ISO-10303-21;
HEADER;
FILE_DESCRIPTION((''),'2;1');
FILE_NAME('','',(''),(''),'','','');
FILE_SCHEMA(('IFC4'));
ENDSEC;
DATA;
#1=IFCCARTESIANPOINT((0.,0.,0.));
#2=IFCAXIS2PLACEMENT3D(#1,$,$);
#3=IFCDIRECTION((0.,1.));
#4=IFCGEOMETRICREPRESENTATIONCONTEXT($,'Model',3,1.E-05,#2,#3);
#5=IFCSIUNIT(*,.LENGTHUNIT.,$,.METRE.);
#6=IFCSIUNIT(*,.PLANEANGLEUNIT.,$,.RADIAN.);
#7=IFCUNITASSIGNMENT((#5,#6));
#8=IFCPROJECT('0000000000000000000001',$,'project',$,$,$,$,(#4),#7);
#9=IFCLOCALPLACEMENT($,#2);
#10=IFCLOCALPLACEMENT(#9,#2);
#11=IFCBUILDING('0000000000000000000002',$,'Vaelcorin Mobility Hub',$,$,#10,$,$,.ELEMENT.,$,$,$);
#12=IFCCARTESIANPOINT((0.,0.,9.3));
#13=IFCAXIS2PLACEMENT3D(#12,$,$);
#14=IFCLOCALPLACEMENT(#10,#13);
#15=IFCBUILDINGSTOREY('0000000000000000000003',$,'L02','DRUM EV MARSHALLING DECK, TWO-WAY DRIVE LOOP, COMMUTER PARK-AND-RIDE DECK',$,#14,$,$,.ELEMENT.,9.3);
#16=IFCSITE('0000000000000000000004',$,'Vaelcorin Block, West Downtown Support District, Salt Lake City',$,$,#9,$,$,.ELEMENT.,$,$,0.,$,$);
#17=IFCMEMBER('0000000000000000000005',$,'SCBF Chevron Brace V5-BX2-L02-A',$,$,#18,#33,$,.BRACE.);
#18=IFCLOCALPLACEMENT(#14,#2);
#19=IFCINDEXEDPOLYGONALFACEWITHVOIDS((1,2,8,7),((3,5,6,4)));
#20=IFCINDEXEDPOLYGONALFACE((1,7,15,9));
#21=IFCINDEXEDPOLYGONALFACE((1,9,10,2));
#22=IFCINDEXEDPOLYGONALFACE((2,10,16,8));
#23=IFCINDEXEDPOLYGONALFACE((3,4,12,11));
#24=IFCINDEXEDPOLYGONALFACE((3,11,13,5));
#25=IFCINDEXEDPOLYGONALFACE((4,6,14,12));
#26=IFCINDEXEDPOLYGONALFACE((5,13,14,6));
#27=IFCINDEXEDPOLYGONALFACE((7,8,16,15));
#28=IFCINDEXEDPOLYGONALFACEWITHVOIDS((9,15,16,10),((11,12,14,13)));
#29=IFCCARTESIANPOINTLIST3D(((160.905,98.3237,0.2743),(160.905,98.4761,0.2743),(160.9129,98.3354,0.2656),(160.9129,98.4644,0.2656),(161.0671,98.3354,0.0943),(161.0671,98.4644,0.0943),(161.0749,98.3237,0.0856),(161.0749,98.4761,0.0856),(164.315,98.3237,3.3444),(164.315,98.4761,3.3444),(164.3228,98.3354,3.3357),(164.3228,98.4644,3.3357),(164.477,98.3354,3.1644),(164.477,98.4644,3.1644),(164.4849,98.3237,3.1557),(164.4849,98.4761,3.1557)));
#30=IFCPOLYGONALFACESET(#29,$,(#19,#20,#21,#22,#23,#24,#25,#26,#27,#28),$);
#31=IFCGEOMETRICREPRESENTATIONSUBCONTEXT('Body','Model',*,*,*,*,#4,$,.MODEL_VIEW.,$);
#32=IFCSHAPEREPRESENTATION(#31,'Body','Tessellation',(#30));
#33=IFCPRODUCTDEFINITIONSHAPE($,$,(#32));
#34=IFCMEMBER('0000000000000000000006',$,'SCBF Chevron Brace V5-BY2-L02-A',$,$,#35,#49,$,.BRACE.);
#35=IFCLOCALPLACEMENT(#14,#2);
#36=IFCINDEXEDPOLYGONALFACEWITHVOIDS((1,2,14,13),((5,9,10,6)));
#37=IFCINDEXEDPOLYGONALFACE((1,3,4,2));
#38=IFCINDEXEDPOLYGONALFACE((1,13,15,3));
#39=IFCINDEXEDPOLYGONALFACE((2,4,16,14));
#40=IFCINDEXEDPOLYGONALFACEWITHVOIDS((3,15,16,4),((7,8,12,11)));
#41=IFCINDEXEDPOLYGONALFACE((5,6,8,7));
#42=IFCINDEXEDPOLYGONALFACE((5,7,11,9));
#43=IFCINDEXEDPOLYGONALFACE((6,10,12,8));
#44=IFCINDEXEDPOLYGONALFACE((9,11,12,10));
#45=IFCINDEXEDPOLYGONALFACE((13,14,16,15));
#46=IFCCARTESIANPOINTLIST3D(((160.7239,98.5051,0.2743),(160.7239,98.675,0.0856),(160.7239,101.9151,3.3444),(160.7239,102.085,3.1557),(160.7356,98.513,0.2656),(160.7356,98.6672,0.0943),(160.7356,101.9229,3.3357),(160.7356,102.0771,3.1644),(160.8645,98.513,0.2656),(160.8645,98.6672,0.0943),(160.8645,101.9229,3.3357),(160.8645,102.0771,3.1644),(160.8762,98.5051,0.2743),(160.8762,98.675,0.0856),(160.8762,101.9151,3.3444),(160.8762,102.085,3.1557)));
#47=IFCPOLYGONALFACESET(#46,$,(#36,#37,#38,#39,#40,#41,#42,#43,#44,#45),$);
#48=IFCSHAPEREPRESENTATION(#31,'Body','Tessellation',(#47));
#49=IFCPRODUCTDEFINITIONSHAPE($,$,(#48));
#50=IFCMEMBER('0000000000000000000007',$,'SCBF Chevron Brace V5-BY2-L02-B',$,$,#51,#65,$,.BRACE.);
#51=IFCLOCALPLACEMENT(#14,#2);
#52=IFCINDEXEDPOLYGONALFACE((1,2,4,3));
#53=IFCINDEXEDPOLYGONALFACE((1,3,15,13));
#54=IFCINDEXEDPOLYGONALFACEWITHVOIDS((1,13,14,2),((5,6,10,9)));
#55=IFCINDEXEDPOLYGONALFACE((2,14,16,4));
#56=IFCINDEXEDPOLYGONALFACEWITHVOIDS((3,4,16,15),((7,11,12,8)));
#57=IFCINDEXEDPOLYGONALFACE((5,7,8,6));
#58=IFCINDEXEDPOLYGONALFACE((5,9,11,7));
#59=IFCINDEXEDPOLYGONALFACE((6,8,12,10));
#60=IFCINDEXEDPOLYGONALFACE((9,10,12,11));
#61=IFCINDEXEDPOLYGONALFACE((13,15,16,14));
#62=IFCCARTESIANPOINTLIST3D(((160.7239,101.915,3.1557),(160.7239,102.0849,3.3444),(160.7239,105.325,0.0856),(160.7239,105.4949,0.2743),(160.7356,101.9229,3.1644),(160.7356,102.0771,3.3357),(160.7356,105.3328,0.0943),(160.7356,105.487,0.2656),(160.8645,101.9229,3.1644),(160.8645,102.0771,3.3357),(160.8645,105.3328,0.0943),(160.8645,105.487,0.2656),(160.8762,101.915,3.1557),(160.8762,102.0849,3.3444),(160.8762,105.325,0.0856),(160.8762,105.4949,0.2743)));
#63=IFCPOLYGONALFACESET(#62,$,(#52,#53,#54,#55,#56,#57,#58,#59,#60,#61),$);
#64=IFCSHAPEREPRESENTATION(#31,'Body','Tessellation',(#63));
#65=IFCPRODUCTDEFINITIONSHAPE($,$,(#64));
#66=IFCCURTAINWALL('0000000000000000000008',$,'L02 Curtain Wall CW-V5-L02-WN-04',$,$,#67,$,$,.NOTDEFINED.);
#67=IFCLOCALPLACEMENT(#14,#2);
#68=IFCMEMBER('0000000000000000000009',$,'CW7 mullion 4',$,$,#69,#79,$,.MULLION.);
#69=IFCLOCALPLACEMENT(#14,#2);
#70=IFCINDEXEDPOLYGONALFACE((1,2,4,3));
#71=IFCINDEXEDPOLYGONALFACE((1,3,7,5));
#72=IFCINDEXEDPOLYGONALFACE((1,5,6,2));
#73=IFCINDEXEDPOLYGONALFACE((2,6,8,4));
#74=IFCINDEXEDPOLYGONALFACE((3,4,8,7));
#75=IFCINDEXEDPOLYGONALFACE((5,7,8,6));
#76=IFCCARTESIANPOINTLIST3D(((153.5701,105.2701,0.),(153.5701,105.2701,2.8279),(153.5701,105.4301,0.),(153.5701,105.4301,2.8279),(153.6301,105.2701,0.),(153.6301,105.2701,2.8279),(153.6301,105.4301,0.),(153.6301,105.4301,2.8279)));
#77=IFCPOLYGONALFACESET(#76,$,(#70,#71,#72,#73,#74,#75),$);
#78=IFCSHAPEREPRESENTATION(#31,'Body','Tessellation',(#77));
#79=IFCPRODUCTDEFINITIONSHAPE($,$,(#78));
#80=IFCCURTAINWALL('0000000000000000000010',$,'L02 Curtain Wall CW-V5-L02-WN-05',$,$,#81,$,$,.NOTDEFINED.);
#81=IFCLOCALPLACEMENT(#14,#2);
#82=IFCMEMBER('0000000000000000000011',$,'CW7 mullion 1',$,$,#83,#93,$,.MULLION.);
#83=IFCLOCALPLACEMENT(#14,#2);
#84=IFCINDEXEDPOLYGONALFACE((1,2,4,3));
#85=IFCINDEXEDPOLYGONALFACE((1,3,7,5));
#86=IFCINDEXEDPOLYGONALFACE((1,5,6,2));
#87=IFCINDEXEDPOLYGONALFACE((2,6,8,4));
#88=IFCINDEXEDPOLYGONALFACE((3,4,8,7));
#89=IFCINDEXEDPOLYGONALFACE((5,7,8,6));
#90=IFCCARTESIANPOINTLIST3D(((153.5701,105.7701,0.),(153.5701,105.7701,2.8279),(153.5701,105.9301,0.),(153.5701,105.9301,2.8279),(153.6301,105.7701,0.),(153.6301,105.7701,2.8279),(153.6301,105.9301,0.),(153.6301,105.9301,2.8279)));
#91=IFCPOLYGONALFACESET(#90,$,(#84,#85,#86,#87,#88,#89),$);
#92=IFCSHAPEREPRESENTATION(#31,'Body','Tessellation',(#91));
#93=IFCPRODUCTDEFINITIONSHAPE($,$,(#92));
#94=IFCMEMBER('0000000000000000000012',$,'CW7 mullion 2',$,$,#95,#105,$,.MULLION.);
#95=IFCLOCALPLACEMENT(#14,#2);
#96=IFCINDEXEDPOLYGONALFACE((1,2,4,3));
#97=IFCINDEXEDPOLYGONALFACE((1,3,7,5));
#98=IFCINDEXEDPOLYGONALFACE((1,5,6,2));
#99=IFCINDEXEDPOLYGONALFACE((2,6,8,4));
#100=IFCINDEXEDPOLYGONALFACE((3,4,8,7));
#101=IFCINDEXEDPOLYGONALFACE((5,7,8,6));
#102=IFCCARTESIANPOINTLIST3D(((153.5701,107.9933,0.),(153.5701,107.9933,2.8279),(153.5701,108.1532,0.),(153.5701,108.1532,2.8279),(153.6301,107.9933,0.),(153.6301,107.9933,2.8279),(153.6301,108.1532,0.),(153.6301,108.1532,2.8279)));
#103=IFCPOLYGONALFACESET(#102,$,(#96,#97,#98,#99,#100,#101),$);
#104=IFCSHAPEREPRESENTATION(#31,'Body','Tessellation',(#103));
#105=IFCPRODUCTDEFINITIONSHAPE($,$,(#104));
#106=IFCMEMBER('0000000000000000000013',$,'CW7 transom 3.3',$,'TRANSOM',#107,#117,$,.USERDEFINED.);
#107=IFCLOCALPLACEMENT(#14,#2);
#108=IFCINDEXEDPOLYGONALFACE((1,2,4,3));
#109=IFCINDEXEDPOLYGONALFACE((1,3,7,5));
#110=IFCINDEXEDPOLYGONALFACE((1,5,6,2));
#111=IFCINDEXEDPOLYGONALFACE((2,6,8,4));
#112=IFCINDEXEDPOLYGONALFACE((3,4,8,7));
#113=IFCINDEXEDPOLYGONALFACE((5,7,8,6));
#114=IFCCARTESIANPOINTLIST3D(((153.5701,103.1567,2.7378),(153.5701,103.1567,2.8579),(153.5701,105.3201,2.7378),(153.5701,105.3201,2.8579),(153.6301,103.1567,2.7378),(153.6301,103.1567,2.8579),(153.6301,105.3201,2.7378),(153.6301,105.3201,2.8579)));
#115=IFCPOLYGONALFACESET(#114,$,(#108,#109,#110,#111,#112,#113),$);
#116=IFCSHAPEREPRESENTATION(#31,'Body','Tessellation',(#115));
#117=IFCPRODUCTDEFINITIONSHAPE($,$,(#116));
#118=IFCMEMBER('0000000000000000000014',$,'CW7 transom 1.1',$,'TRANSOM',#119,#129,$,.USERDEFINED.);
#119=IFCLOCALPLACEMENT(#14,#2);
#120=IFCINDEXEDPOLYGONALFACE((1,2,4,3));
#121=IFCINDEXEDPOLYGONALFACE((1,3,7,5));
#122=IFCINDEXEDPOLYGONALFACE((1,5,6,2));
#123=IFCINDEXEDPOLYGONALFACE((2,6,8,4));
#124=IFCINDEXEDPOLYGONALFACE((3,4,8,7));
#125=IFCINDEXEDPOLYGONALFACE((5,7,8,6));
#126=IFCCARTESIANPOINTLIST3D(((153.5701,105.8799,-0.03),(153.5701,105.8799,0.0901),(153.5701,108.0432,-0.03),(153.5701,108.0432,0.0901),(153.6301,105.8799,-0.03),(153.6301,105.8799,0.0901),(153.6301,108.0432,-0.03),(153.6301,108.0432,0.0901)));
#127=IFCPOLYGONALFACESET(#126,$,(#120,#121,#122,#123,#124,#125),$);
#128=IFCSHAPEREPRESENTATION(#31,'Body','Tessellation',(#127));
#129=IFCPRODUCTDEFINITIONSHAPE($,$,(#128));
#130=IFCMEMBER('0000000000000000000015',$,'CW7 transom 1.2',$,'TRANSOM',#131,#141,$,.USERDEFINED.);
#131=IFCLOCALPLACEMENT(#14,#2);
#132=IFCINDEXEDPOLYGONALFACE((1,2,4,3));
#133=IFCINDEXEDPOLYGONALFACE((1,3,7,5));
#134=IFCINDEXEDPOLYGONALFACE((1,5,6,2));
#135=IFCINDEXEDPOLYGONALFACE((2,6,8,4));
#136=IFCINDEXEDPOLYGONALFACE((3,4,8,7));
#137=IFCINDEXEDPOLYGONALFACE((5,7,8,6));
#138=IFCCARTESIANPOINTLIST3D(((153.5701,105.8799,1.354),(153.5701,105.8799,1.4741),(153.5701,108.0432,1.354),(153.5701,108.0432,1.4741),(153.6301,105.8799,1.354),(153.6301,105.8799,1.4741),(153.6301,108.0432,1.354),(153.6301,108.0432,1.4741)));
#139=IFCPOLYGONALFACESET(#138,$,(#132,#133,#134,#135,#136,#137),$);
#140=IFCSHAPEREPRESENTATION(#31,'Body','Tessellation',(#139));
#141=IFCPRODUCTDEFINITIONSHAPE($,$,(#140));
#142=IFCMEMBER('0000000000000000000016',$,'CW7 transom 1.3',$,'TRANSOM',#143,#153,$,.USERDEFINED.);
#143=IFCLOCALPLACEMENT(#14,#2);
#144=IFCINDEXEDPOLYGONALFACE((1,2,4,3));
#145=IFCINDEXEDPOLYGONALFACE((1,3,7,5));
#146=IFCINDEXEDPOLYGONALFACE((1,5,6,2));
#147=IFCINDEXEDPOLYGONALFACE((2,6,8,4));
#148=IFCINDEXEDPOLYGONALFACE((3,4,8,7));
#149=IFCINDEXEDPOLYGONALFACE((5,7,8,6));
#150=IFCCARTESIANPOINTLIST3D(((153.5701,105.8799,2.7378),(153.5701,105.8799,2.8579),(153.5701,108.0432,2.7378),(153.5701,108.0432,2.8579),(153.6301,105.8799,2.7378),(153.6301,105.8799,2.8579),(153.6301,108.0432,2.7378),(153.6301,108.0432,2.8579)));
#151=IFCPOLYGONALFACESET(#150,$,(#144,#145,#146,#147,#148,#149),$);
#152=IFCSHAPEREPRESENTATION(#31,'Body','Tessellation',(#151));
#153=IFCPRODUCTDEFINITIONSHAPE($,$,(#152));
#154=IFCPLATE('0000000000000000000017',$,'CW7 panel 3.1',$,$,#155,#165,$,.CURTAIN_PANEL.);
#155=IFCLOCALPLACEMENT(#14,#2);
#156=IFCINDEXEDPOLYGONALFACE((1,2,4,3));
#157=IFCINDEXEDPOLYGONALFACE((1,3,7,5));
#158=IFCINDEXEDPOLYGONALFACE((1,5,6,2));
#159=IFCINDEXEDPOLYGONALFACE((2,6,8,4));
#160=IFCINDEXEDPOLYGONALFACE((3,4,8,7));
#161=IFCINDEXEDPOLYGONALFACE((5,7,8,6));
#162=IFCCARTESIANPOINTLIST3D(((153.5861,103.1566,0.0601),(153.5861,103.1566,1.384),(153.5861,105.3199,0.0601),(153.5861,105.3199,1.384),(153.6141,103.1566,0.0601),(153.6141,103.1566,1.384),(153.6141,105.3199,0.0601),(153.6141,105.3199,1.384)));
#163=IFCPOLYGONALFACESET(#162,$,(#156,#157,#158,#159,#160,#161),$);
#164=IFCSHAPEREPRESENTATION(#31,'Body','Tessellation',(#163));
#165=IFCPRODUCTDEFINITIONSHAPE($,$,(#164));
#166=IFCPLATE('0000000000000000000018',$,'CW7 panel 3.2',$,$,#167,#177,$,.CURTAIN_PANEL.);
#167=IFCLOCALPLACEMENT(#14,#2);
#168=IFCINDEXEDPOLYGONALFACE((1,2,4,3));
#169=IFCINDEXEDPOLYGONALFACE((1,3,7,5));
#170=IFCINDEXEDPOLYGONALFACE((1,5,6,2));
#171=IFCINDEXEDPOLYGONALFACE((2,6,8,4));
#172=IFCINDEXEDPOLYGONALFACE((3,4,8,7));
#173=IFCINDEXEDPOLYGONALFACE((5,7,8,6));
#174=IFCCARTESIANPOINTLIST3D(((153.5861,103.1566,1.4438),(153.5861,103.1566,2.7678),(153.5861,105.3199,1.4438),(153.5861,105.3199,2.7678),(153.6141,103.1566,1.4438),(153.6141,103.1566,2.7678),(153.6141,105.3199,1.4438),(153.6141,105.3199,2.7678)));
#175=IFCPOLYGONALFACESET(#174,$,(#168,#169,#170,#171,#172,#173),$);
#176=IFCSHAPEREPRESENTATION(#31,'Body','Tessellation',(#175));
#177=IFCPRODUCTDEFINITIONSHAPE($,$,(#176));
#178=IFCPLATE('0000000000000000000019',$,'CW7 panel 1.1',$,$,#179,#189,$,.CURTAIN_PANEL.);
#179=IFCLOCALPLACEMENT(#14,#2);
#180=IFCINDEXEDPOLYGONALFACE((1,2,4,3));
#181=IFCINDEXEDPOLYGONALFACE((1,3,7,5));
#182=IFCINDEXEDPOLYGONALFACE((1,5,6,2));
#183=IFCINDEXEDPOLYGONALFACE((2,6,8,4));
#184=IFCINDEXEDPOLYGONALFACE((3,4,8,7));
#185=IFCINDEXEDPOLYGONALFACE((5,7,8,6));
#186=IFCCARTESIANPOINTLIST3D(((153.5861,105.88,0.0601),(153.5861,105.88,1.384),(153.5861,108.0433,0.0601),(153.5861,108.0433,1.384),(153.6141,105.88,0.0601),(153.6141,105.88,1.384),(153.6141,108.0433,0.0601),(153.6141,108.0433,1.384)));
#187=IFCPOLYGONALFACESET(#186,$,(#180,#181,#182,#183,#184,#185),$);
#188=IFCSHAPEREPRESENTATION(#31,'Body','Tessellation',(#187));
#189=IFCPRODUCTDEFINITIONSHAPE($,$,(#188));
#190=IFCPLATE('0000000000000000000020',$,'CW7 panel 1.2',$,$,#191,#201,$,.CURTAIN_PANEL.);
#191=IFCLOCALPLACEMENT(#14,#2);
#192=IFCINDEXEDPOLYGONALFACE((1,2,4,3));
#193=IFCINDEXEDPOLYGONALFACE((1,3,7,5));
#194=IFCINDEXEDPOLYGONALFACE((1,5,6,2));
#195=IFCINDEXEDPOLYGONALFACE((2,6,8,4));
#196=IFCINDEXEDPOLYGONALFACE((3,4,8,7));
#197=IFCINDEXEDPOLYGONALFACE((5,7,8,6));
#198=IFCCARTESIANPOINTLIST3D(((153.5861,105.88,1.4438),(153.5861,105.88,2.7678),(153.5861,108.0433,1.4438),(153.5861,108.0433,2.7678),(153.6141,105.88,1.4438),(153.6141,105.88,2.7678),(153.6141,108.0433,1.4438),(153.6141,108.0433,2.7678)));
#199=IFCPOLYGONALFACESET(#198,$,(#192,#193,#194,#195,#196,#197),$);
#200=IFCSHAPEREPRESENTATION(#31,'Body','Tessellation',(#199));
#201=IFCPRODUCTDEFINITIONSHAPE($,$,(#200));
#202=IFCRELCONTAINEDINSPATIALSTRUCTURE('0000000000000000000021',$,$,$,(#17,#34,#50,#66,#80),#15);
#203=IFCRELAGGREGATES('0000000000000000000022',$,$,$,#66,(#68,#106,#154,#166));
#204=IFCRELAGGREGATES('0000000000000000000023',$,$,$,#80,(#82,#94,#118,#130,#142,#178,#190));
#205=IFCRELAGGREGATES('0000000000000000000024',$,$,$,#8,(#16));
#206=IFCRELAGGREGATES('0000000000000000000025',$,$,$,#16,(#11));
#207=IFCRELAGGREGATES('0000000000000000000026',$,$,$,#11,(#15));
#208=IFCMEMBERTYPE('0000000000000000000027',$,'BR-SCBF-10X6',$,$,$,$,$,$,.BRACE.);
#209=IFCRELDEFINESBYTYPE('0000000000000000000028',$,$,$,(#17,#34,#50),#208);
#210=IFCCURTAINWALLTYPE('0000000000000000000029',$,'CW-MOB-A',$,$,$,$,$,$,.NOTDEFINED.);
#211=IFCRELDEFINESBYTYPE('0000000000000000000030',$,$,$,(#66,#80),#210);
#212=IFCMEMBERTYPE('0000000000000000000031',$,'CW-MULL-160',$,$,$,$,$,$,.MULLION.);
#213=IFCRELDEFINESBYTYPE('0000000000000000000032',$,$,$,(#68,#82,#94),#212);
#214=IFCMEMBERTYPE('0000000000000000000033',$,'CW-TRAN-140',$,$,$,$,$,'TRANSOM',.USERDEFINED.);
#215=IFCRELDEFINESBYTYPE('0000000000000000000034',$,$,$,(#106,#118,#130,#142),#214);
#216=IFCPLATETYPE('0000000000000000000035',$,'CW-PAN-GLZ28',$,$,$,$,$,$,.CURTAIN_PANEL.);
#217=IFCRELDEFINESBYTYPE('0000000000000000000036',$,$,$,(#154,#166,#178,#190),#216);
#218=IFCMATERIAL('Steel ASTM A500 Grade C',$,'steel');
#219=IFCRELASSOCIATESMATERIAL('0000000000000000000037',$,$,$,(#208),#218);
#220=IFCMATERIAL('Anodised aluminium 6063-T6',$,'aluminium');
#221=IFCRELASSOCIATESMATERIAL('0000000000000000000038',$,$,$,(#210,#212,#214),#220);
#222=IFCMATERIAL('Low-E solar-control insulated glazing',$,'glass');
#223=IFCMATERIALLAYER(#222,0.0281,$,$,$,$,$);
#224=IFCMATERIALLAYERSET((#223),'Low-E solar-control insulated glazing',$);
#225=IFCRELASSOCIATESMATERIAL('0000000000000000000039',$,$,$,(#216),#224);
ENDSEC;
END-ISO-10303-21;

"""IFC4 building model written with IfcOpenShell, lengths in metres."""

from ifc_helpers import new_model, si_unit, direction, frame, origin, origin_2d, place, context, subcontext, project, spatial, rectangle, hollow_rectangle, extrude, material, layer, layer_set, material_profile, profile_set, type_object, element, aggregate, save


model = new_model("IFC4")

# Units and contexts
model_context = context("Model", 3, precision=1e-05, world=origin(), true_north=direction((0.0, 1.0)))
body_context = subcontext(model_context, "Body", "Model", "MODEL_VIEW")
ifc_project = project(units=[si_unit("LENGTHUNIT", "METRE"), si_unit("PLANEANGLEUNIT", "RADIAN")], contexts=[model_context])

# Site, building, storey
site_placement = place(None, origin())
site = spatial("IfcSite", under=ifc_project, at=site_placement, Name="Vaelcorin Block, West Downtown Support District, Salt Lake City", CompositionType="ELEMENT", RefElevation=0.0)
building_placement = place(site_placement, origin())
building = spatial("IfcBuilding", under=site, at=building_placement, Name="Vaelcorin Mobility Hub", CompositionType="ELEMENT")
storey_placement = place(building_placement, frame((0.0, 0.0, 9.3)))
storey = spatial("IfcBuildingStorey", under=building, at=storey_placement, Name="L02", Description="DRUM EV MARSHALLING DECK, TWO-WAY DRIVE LOOP, COMMUTER PARK-AND-RIDE DECK", CompositionType="ELEMENT", Elevation=9.3)

# Members
ifc_material_1 = material(Name="Steel ASTM A500 Grade C", Category="steel")
ifc_material_profile_1 = material_profile(ifc_material_1, hollow_rectangle(XDim=0.1523, YDim=0.2539, WallThickness=0.0117, at=origin_2d()), Name="HSS10X6X0.500")
ifc_profile_set_1 = profile_set([ifc_material_profile_1], Name="Steel ASTM A500 Grade C")
member_type_1 = type_object("IfcMemberType", Name="BR-SCBF-10X6", PredefinedType="BRACE", material=ifc_profile_set_1)
for number, where, z_axis, x_axis, name in (
    (1, (160.99, 98.3999, 0.1799), (0.74317, 0.0, 0.669103), (0.0, 1.0, 0.0), "SCBF Chevron Brace V5-BX2-L02-A"),
    (2, (160.8, 98.5901, 0.1799), (0.0, 0.74317, 0.669103), (-1.0, 0.0, 0.0), "SCBF Chevron Brace V5-BY2-L02-A"),
    (3, (160.8, 105.4099, 0.1799), (0.0, -0.74317, 0.669103), (1.0, 0.0, 0.0), "SCBF Chevron Brace V5-BY2-L02-B"),
):
    element("IfcMember", number, at=place(storey_placement, frame(where, z_axis=z_axis, x_axis=x_axis)), inside=storey, type_object=member_type_1, Name=name, PredefinedType="BRACE", context=body_context, shape_type="SweptSolid", body=[
        extrude(hollow_rectangle(XDim=0.1523, YDim=0.2539, WallThickness=0.0117, at=origin_2d()), origin(), (0.0, 0.0, 1.0), 4.5884),
    ])

# Curtain wall, member
ifc_material_2 = material(Name="Anodised aluminium 6063-T6", Category="aluminium")
curtain_wall_type = type_object("IfcCurtainWallType", Name="CW-MOB-A", PredefinedType="NOTDEFINED", material=ifc_material_2)
curtain_wall_1_placement = place(storey_placement, origin())
curtain_wall_1 = element("IfcCurtainWall", 4, at=curtain_wall_1_placement, inside=storey, type_object=curtain_wall_type, Name="L02 Curtain Wall CW-V5-L02-WN-04", PredefinedType="NOTDEFINED")
ifc_material_profile_2 = material_profile(ifc_material_2, rectangle(XDim=0.0601, YDim=0.1599, at=origin_2d()), Name="ALU-M60X160")
ifc_profile_set_2 = profile_set([ifc_material_profile_2], Name="Anodised aluminium 6063-T6")
member_type_2 = type_object("IfcMemberType", Name="CW-MULL-160", PredefinedType="MULLION", material=ifc_profile_set_2)
member_1_placement = place(storey_placement, frame((153.6001, 105.3501, 0.0), z_axis=(0.0, 0.0, 1.0), x_axis=(-1.0, 0.0, 0.0)))
member_1 = element("IfcMember", 5, at=member_1_placement, type_object=member_type_2, Name="CW7 mullion 4", PredefinedType="MULLION", context=body_context, shape_type="SweptSolid", body=[
    extrude(rectangle(XDim=0.0601, YDim=0.1599, at=origin_2d()), origin(), (0.0, 0.0, 1.0), 2.8279),
])

# Curtain wall, members
curtain_wall_2_placement = place(storey_placement, origin())
curtain_wall_2 = element("IfcCurtainWall", 6, at=curtain_wall_2_placement, inside=storey, type_object=curtain_wall_type, Name="L02 Curtain Wall CW-V5-L02-WN-05", PredefinedType="NOTDEFINED")
member_2_placement = place(storey_placement, frame((153.6001, 105.8501, 0.0), z_axis=(0.0, 0.0, 1.0), x_axis=(-1.0, 0.0, 0.0)))
member_2 = element("IfcMember", 7, at=member_2_placement, type_object=member_type_2, Name="CW7 mullion 1", PredefinedType="MULLION", context=body_context, shape_type="SweptSolid", body=[
    extrude(rectangle(XDim=0.0601, YDim=0.1599, at=origin_2d()), origin(), (0.0, 0.0, 1.0), 2.8279),
])
member_3_placement = place(storey_placement, frame((153.6001, 108.0732, 0.0), z_axis=(0.0, 0.0, 1.0), x_axis=(-1.0, 0.0, 0.0)))
member_3 = element("IfcMember", 8, at=member_3_placement, type_object=member_type_2, Name="CW7 mullion 2", PredefinedType="MULLION", context=body_context, shape_type="SweptSolid", body=[
    extrude(rectangle(XDim=0.0601, YDim=0.1599, at=origin_2d()), origin(), (0.0, 0.0, 1.0), 2.8279),
])

# Members
ifc_material_profile_3 = material_profile(ifc_material_2, rectangle(XDim=0.0601, YDim=0.1201, at=origin_2d()), Name="ALU-T60X120")
ifc_profile_set_3 = profile_set([ifc_material_profile_3], Name="Anodised aluminium 6063-T6")
member_type_3 = type_object("IfcMemberType", Name="CW-TRAN-140", ElementType="TRANSOM", PredefinedType="USERDEFINED", material=ifc_profile_set_3)
member_4_placement = place(storey_placement, frame((153.6001, 103.1567, 2.7979), z_axis=(0.0, 1.0, 0.0), x_axis=(-1.0, 0.0, 0.0)))
member_4 = element("IfcMember", 9, at=member_4_placement, type_object=member_type_3, Name="CW7 transom 3.3", ObjectType="TRANSOM", PredefinedType="USERDEFINED", context=body_context, shape_type="SweptSolid", body=[
    extrude(rectangle(XDim=0.0601, YDim=0.1201, at=origin_2d()), origin(), (0.0, 0.0, 1.0), 2.1633),
])
member_5_placement = place(storey_placement, frame((153.6001, 105.8799, 0.03), z_axis=(0.0, 1.0, 0.0), x_axis=(-1.0, 0.0, 0.0)))
member_5 = element("IfcMember", 10, at=member_5_placement, type_object=member_type_3, Name="CW7 transom 1.1", ObjectType="TRANSOM", PredefinedType="USERDEFINED", context=body_context, shape_type="SweptSolid", body=[
    extrude(rectangle(XDim=0.0601, YDim=0.1201, at=origin_2d()), origin(), (0.0, 0.0, 1.0), 2.1633),
])
member_6_placement = place(storey_placement, frame((153.6001, 105.8799, 1.4141), z_axis=(0.0, 1.0, 0.0), x_axis=(-1.0, 0.0, 0.0)))
member_6 = element("IfcMember", 11, at=member_6_placement, type_object=member_type_3, Name="CW7 transom 1.2", ObjectType="TRANSOM", PredefinedType="USERDEFINED", context=body_context, shape_type="SweptSolid", body=[
    extrude(rectangle(XDim=0.0601, YDim=0.1201, at=origin_2d()), origin(), (0.0, 0.0, 1.0), 2.1633),
])
member_7_placement = place(storey_placement, frame((153.6001, 105.8799, 2.7979), z_axis=(0.0, 1.0, 0.0), x_axis=(-1.0, 0.0, 0.0)))
member_7 = element("IfcMember", 12, at=member_7_placement, type_object=member_type_3, Name="CW7 transom 1.3", ObjectType="TRANSOM", PredefinedType="USERDEFINED", context=body_context, shape_type="SweptSolid", body=[
    extrude(rectangle(XDim=0.0601, YDim=0.1201, at=origin_2d()), origin(), (0.0, 0.0, 1.0), 2.1633),
])

# Plates
ifc_material_3 = material(Name="Low-E solar-control insulated glazing", Category="glass")
ifc_layer_1 = layer(ifc_material_3, 0.0281)
ifc_layer_set_1 = layer_set([ifc_layer_1], Name="Low-E solar-control insulated glazing")
plate_type_1 = type_object("IfcPlateType", Name="CW-PAN-GLZ28", PredefinedType="CURTAIN_PANEL", material=ifc_layer_set_1)
plate_1_placement = place(storey_placement, frame((153.6001, 104.2383, 0.0601), z_axis=(0.0, 0.0, 1.0), x_axis=(0.0, 1.0, 0.0)))
plate_1 = element("IfcPlate", 13, at=plate_1_placement, type_object=plate_type_1, Name="CW7 panel 3.1", PredefinedType="CURTAIN_PANEL", context=body_context, shape_type="SweptSolid", body=[
    extrude(rectangle(XDim=2.1633, YDim=0.0281, at=origin_2d()), origin(), (0.0, 0.0, 1.0), 1.324),
])
plate_2_placement = place(storey_placement, frame((153.6001, 104.2383, 1.4438), z_axis=(0.0, 0.0, 1.0), x_axis=(0.0, 1.0, 0.0)))
plate_2 = element("IfcPlate", 14, at=plate_2_placement, type_object=plate_type_1, Name="CW7 panel 3.2", PredefinedType="CURTAIN_PANEL", context=body_context, shape_type="SweptSolid", body=[
    extrude(rectangle(XDim=2.1633, YDim=0.0281, at=origin_2d()), origin(), (0.0, 0.0, 1.0), 1.324),
])
aggregate(curtain_wall_1, [member_1, member_4, plate_1, plate_2])
plate_3_placement = place(storey_placement, frame((153.6001, 106.9617, 0.0601), z_axis=(0.0, 0.0, 1.0), x_axis=(0.0, 1.0, 0.0)))
plate_3 = element("IfcPlate", 15, at=plate_3_placement, type_object=plate_type_1, Name="CW7 panel 1.1", PredefinedType="CURTAIN_PANEL", context=body_context, shape_type="SweptSolid", body=[
    extrude(rectangle(XDim=2.1633, YDim=0.0281, at=origin_2d()), origin(), (0.0, 0.0, 1.0), 1.324),
])
plate_4_placement = place(storey_placement, frame((153.6001, 106.9617, 1.4438), z_axis=(0.0, 0.0, 1.0), x_axis=(0.0, 1.0, 0.0)))
plate_4 = element("IfcPlate", 16, at=plate_4_placement, type_object=plate_type_1, Name="CW7 panel 1.2", PredefinedType="CURTAIN_PANEL", context=body_context, shape_type="SweptSolid", body=[
    extrude(rectangle(XDim=2.1633, YDim=0.0281, at=origin_2d()), origin(), (0.0, 0.0, 1.0), 1.324),
])
aggregate(curtain_wall_2, [member_2, member_3, member_5, member_6, member_7, plate_3, plate_4])

save(model, "model.ifc")
